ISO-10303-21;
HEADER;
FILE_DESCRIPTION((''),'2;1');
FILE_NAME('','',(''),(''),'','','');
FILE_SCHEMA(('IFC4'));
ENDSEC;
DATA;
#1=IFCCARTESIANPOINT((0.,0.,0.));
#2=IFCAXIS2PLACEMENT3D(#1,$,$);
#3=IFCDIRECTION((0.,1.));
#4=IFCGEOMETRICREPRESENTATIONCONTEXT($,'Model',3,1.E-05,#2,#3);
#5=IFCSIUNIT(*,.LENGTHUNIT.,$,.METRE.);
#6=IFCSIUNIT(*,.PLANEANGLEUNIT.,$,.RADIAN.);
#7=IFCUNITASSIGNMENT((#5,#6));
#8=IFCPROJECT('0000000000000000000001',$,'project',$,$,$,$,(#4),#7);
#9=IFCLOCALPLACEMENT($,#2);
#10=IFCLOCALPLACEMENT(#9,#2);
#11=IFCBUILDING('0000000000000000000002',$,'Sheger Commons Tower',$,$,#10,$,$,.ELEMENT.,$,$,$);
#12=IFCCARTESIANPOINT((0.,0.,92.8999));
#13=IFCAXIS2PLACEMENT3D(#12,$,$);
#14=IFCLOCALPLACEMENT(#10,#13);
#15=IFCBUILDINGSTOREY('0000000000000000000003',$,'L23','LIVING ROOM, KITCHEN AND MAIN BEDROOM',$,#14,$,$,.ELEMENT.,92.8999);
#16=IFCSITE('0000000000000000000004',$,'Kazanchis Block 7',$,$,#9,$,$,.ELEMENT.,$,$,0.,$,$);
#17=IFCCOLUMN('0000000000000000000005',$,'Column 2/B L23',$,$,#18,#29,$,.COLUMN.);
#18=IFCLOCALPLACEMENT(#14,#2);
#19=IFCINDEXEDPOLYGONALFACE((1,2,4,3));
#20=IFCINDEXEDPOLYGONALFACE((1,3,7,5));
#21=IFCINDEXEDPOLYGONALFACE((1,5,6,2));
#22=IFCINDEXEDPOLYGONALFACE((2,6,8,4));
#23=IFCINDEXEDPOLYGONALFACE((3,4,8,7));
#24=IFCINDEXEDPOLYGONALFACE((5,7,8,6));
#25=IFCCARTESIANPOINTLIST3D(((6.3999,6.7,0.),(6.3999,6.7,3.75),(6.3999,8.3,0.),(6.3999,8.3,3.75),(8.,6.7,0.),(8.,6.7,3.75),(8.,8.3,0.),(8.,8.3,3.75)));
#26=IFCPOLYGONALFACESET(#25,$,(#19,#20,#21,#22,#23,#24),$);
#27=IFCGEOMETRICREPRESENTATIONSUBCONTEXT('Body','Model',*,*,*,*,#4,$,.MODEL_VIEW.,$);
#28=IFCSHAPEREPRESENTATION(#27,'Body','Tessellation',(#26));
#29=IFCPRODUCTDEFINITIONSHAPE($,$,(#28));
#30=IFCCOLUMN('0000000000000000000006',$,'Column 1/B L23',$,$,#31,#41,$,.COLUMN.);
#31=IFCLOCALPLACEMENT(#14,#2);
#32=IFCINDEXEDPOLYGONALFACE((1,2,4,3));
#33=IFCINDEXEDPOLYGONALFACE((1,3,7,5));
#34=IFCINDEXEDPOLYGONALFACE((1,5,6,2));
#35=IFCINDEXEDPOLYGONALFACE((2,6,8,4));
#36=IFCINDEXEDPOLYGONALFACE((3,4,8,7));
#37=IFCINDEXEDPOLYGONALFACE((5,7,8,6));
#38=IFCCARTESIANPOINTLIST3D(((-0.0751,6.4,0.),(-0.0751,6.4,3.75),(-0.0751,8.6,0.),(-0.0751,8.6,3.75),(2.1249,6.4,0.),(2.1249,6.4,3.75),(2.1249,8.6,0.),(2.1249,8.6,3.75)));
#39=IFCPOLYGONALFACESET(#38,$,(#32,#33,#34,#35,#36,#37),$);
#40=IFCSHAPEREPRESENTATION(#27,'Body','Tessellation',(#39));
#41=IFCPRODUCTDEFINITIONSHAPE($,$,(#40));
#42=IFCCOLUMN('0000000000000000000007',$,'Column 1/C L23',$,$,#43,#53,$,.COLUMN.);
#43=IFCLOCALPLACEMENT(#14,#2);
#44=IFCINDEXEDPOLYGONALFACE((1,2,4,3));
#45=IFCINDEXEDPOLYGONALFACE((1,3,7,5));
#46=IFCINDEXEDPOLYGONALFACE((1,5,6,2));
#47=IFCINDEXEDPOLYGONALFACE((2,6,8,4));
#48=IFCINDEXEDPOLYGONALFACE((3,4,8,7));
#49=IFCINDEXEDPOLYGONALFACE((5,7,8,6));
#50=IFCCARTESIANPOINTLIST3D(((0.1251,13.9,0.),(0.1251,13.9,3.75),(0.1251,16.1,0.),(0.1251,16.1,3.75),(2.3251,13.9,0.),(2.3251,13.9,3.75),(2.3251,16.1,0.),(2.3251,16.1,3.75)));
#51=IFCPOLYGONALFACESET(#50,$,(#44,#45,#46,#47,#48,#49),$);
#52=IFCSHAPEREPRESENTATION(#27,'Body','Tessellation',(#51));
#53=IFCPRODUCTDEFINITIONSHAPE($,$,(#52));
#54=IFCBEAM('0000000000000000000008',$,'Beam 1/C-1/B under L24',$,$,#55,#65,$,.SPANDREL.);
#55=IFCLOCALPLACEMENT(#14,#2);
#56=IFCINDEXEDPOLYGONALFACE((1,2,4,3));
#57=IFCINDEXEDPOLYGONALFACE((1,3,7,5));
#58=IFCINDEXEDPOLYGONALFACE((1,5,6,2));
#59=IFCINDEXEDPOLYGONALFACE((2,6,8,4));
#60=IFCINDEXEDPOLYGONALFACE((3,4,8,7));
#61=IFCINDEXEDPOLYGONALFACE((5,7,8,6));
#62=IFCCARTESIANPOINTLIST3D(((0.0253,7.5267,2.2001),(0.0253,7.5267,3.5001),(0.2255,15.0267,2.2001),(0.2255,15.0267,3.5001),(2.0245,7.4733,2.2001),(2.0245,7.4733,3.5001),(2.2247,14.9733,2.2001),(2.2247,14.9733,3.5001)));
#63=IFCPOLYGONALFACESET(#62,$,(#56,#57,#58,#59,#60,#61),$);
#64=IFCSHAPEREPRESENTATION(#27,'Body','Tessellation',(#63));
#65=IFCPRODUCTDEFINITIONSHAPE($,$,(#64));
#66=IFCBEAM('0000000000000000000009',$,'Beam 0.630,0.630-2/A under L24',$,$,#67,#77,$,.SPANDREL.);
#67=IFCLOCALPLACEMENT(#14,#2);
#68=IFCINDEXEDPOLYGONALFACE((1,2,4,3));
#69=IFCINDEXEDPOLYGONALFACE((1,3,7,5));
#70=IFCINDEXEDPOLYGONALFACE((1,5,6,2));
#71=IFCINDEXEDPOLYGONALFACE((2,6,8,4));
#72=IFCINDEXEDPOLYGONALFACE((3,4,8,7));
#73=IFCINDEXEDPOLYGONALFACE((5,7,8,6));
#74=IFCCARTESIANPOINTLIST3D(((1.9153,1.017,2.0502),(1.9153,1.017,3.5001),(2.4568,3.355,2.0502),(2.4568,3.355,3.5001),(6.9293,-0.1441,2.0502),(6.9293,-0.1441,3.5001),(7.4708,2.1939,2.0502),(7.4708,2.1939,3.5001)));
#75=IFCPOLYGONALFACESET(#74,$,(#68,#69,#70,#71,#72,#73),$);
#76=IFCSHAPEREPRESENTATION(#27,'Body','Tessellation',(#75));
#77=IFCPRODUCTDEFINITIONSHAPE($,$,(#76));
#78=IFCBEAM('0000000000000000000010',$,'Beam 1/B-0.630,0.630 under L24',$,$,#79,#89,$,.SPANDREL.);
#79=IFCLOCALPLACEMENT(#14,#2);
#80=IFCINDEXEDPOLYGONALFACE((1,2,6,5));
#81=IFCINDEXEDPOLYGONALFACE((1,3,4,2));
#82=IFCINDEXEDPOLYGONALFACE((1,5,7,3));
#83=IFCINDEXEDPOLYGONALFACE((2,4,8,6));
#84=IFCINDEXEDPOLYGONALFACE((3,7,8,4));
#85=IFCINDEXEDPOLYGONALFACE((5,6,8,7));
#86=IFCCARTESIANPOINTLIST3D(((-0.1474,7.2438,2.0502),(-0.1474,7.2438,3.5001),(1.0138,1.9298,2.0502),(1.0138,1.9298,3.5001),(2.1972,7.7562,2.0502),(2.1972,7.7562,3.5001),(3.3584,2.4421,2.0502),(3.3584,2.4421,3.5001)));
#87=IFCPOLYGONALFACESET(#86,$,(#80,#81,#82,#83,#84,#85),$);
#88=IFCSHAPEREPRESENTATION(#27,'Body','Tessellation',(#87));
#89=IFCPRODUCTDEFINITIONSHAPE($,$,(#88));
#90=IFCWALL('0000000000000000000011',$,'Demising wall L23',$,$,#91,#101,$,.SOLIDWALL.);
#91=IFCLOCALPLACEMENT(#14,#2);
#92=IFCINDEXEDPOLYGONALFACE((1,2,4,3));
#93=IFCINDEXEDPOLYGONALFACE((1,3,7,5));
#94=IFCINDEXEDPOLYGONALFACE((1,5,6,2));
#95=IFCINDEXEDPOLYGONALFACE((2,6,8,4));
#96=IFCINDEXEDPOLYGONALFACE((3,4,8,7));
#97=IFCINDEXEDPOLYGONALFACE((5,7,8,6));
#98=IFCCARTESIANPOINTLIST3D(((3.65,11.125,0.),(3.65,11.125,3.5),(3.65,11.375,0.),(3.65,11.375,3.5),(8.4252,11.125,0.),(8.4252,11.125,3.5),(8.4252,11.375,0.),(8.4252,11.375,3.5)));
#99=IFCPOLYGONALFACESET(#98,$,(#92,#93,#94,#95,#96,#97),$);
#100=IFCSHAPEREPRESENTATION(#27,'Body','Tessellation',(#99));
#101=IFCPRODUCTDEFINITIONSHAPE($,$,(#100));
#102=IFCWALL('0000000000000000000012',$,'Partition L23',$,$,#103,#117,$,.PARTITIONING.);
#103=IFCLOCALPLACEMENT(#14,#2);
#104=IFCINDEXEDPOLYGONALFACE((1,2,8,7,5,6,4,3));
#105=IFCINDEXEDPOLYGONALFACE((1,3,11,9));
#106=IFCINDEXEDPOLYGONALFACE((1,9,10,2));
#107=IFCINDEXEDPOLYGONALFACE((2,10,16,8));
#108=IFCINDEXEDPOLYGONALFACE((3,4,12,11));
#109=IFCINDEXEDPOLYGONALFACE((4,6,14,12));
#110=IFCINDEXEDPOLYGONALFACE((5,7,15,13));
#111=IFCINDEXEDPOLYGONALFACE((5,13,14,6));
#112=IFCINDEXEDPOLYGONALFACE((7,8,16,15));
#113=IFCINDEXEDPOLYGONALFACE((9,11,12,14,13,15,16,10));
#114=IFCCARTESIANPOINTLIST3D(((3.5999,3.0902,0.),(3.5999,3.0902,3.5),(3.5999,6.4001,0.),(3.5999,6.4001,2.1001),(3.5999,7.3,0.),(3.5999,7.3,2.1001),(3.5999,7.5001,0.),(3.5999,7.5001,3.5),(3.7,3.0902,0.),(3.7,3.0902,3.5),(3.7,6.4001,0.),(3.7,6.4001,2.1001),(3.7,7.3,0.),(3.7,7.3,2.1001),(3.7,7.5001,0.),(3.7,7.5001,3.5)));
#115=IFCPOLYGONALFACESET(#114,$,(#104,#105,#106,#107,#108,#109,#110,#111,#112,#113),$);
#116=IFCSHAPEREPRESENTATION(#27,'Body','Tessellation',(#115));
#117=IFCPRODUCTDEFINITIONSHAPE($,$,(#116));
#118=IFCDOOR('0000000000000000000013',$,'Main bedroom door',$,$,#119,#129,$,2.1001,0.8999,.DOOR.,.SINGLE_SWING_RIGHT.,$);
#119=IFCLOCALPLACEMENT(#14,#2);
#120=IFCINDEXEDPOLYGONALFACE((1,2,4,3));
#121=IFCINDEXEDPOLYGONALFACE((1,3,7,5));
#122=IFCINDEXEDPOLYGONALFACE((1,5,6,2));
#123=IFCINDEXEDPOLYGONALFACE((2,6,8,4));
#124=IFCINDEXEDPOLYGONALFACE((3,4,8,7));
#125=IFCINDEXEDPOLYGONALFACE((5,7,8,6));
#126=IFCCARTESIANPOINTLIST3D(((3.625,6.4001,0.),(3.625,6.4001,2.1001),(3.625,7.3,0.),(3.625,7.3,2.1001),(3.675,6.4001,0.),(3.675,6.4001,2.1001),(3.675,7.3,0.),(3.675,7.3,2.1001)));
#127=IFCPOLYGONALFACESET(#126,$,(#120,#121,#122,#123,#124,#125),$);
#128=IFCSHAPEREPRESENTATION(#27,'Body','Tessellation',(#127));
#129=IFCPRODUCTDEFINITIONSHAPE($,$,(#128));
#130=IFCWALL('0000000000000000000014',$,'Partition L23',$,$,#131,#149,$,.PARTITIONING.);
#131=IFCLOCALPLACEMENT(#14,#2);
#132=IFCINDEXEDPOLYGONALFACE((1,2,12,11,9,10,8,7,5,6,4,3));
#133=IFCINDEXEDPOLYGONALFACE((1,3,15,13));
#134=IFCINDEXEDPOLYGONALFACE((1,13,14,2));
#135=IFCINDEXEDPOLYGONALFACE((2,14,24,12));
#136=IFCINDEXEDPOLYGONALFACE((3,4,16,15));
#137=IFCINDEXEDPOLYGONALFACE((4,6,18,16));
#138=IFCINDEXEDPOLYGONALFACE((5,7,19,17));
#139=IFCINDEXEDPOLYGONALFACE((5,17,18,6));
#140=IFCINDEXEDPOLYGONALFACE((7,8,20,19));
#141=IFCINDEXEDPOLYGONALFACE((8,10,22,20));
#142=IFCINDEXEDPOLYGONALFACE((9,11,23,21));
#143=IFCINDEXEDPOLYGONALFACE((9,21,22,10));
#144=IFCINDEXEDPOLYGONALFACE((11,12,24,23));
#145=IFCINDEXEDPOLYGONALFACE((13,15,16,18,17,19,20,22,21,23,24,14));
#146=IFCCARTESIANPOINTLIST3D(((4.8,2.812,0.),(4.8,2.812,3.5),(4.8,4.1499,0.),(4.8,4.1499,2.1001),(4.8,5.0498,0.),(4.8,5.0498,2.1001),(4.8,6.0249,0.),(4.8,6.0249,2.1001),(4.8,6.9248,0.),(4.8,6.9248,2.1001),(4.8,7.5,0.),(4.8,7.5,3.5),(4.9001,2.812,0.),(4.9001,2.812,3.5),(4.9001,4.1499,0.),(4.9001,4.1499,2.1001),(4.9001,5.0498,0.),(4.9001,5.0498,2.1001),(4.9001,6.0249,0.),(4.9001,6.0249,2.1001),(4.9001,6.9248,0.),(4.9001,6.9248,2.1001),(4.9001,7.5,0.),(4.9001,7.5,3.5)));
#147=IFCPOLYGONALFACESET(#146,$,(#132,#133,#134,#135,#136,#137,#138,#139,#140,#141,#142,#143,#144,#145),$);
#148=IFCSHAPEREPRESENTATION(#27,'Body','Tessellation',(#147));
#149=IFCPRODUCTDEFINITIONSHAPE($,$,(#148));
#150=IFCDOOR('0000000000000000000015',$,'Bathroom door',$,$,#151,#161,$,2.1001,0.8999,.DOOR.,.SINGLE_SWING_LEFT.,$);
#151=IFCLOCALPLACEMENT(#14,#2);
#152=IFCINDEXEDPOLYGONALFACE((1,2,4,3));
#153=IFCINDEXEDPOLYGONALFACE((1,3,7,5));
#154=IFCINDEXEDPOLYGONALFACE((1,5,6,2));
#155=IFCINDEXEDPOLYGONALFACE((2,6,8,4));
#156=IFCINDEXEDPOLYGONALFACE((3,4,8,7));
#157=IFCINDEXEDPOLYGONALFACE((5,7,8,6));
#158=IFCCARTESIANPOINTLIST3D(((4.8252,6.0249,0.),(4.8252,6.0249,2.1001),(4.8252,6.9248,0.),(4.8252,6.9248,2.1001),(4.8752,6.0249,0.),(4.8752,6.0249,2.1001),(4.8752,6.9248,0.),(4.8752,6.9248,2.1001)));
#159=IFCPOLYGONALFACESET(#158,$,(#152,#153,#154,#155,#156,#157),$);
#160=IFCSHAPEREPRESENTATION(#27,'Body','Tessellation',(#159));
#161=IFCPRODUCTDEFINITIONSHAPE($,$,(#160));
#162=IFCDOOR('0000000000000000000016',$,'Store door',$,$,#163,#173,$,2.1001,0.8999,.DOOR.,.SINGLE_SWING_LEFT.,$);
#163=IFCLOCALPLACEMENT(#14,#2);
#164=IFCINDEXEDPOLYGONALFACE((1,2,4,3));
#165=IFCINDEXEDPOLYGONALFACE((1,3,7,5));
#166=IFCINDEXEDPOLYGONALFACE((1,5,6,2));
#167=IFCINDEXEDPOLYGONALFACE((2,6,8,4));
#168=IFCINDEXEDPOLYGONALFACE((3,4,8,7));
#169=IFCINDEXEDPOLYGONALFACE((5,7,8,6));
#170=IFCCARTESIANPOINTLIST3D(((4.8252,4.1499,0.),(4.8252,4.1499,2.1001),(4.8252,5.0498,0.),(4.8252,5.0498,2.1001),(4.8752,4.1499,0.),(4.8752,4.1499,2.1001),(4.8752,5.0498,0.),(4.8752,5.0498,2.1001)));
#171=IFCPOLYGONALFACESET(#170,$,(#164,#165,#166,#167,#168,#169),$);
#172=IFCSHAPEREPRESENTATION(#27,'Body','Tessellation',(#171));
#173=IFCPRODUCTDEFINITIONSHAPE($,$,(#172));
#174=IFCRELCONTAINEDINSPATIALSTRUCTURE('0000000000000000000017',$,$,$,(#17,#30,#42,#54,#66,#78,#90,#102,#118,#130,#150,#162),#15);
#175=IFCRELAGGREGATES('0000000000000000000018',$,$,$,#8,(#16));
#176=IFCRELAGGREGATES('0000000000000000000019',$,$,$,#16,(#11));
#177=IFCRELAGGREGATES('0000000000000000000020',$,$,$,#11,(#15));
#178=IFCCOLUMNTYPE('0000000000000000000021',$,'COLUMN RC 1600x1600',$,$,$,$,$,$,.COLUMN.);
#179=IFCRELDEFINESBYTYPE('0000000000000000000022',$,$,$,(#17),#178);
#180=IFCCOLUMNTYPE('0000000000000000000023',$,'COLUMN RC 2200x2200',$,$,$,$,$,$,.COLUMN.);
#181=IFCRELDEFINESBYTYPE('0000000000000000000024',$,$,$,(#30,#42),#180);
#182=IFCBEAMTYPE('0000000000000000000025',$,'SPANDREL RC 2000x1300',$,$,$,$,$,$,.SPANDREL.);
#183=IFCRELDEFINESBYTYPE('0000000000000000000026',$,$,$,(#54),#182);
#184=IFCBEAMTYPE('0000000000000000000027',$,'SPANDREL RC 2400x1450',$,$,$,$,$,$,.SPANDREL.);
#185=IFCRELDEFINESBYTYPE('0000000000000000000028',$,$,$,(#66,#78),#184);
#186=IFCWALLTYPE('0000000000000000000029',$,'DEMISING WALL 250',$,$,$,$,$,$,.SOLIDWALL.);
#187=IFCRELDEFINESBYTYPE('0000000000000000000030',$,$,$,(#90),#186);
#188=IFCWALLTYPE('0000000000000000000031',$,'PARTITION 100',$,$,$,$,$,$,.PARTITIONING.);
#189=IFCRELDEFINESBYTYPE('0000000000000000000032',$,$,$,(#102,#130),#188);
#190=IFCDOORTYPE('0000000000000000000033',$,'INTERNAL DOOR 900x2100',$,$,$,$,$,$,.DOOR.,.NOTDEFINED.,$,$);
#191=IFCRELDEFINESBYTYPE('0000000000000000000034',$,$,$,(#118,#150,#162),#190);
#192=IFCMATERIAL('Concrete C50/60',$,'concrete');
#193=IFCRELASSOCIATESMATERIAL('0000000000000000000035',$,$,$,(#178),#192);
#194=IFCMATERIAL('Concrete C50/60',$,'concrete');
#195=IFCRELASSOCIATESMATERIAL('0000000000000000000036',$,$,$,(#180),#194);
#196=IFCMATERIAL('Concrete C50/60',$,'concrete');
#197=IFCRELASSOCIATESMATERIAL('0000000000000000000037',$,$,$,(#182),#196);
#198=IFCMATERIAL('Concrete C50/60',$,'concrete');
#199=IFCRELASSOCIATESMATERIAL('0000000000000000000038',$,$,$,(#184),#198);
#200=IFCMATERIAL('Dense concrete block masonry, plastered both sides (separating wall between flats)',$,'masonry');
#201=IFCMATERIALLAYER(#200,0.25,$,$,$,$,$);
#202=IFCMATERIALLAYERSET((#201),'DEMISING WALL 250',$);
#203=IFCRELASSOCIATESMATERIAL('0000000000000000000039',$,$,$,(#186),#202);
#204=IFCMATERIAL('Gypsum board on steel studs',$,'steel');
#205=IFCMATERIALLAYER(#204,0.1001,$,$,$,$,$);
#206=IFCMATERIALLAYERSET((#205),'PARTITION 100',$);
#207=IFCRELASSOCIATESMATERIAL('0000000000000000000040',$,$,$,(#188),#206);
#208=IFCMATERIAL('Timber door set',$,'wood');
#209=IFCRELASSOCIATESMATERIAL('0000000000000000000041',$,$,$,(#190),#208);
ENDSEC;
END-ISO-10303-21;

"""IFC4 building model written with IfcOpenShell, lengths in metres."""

from ifc_helpers import new_model, si_unit, direction, frame, frame_2d, origin, origin_2d, place, context, subcontext, project, spatial, rectangle, extrude, material, layer, layer_set, material_profile, profile_set, type_object, element, fill, save


model = new_model("IFC4")

# Units and contexts
model_context = context("Model", 3, precision=1e-05, world=origin(), true_north=direction((0.0, 1.0)))
body_context = subcontext(model_context, "Body", "Model", "MODEL_VIEW")
ifc_project = project(units=[si_unit("LENGTHUNIT", "METRE"), si_unit("PLANEANGLEUNIT", "RADIAN")], contexts=[model_context])

# Site, building, storey
site_placement = place(None, origin())
site = spatial("IfcSite", under=ifc_project, at=site_placement, Name="Kazanchis Block 7", CompositionType="ELEMENT", RefElevation=0.0)
building_placement = place(site_placement, origin())
building = spatial("IfcBuilding", under=site, at=building_placement, Name="Sheger Commons Tower", CompositionType="ELEMENT")
storey_placement = place(building_placement, frame((0.0, 0.0, 92.8999)))
storey = spatial("IfcBuildingStorey", under=building, at=storey_placement, Name="L23", Description="LIVING ROOM, KITCHEN AND MAIN BEDROOM", CompositionType="ELEMENT", Elevation=92.8999)

# Columns
ifc_material_1 = material(Name="Concrete C50/60", Category="concrete")
ifc_material_profile_1 = material_profile(ifc_material_1, rectangle(XDim=1.6001, YDim=1.6001, at=origin_2d()), Name="RC 1600x1600")
ifc_profile_set_1 = profile_set([ifc_material_profile_1], Name="Concrete C50/60")
column_type_1 = type_object("IfcColumnType", Name="COLUMN RC 1600x1600", PredefinedType="COLUMN", material=ifc_profile_set_1)
column_placement = place(storey_placement, frame((7.2, 7.5, 0.0), z_axis=(0.0, 0.0, 1.0), x_axis=(1.0, 0.0, 0.0)))
element("IfcColumn", 1, at=column_placement, inside=storey, type_object=column_type_1, Name="Column 2/B L23", PredefinedType="COLUMN", context=body_context, shape_type="SweptSolid", body=[
    extrude(rectangle(XDim=1.6001, YDim=1.6001, at=origin_2d()), origin(), (0.0, 0.0, 1.0), 3.75),
])
ifc_material_2 = material(Name="Concrete C50/60", Category="concrete")
ifc_material_profile_2 = material_profile(ifc_material_2, rectangle(XDim=2.2, YDim=2.2, at=origin_2d()), Name="RC 2200x2200")
ifc_profile_set_2 = profile_set([ifc_material_profile_2], Name="Concrete C50/60")
column_type_2 = type_object("IfcColumnType", Name="COLUMN RC 2200x2200", PredefinedType="COLUMN", material=ifc_profile_set_2)
for number, where, z_axis, x_axis, name in (
    (2, (1.0249, 7.5, 0.0), (0.0, 0.0, 1.0), (1.0, 0.0, 0.0), "Column 1/B L23"),
    (3, (1.2251, 15.0, 0.0), (0.0, 0.0, 1.0), (1.0, 0.0, 0.0), "Column 1/C L23"),
):
    element("IfcColumn", number, at=place(storey_placement, frame(where, z_axis=z_axis, x_axis=x_axis)), inside=storey, type_object=column_type_2, Name=name, PredefinedType="COLUMN", context=body_context, shape_type="SweptSolid", body=[
        extrude(rectangle(XDim=2.2, YDim=2.2, at=origin_2d()), origin(), (0.0, 0.0, 1.0), 3.75),
    ])

# Beams
ifc_material_3 = material(Name="Concrete C50/60", Category="concrete")
ifc_material_profile_3 = material_profile(ifc_material_3, rectangle(XDim=2.0, YDim=1.3, at=origin_2d()), Name="RC 2000x1300")
ifc_profile_set_3 = profile_set([ifc_material_profile_3], Name="Concrete C50/60")
beam_type_1 = type_object("IfcBeamType", Name="SPANDREL RC 2000x1300", PredefinedType="SPANDREL", material=ifc_profile_set_3)
beam_1_placement = place(storey_placement, frame((1.2251, 15.0, 2.8501), z_axis=(-0.026683, -0.999644, 0.0), x_axis=(0.999644, -0.026683, 0.0)))
element("IfcBeam", 4, at=beam_1_placement, inside=storey, type_object=beam_type_1, Name="Beam 1/C-1/B under L24", PredefinedType="SPANDREL", context=body_context, shape_type="SweptSolid", body=[
    extrude(rectangle(XDim=2.0, YDim=1.3, at=origin_2d()), origin(), (0.0, 0.0, 1.0), 7.5027),
])
ifc_material_4 = material(Name="Concrete C50/60", Category="concrete")
ifc_material_profile_4 = material_profile(ifc_material_4, rectangle(XDim=2.3999, YDim=1.45, at=origin_2d()), Name="RC 2400x1450")
ifc_profile_set_4 = profile_set([ifc_material_profile_4], Name="Concrete C50/60")
beam_type_2 = type_object("IfcBeamType", Name="SPANDREL RC 2400x1450", PredefinedType="SPANDREL", material=ifc_profile_set_4)
beam_2_placement = place(storey_placement, frame((2.186, 2.186, 2.7751), z_axis=(0.974217, -0.225611, 0.0), x_axis=(0.225611, 0.974217, 0.0)))
element("IfcBeam", 5, at=beam_2_placement, inside=storey, type_object=beam_type_2, Name="Beam 0.630,0.630-2/A under L24", PredefinedType="SPANDREL", context=body_context, shape_type="SweptSolid", body=[
    extrude(rectangle(XDim=2.3999, YDim=1.45, at=origin_2d()), origin(), (0.0, 0.0, 1.0), 5.1467),
])
beam_3_placement = place(storey_placement, frame((1.0249, 7.5, 2.7751), z_axis=(0.213469, -0.97695, 0.0), x_axis=(0.97695, 0.213469, 0.0)))
element("IfcBeam", 6, at=beam_3_placement, inside=storey, type_object=beam_type_2, Name="Beam 1/B-0.630,0.630 under L24", PredefinedType="SPANDREL", context=body_context, shape_type="SweptSolid", body=[
    extrude(rectangle(XDim=2.3999, YDim=1.45, at=origin_2d()), origin(), (0.0, 0.0, 1.0), 5.4395),
])

# Wall
ifc_material_5 = material(Name="Dense concrete block masonry, plastered both sides (separating wall between flats)", Category="masonry")
ifc_layer_1 = layer(ifc_material_5, 0.25)
ifc_layer_set_1 = layer_set([ifc_layer_1], Name="DEMISING WALL 250")
wall_type_1 = type_object("IfcWallType", Name="DEMISING WALL 250", PredefinedType="SOLIDWALL", material=ifc_layer_set_1)
wall_1_placement = place(storey_placement, frame((3.6499, 11.25, 0.0), z_axis=(0.0, 0.0, 1.0), x_axis=(1.0, 0.0, 0.0)))
element("IfcWall", 7, at=wall_1_placement, inside=storey, type_object=wall_type_1, Name="Demising wall L23", PredefinedType="SOLIDWALL", context=body_context, shape_type="SweptSolid", body=[
    extrude(rectangle(XDim=4.7751, YDim=0.25, at=frame_2d((2.3877, 0.0))), origin(), (0.0, 0.0, 1.0), 3.5),
])

# Wall, opening, door
ifc_material_6 = material(Name="Gypsum board on steel studs", Category="steel")
ifc_layer_2 = layer(ifc_material_6, 0.1001)
ifc_layer_set_2 = layer_set([ifc_layer_2], Name="PARTITION 100")
wall_type_2 = type_object("IfcWallType", Name="PARTITION 100", PredefinedType="PARTITIONING", material=ifc_layer_set_2)
wall_2_placement = place(storey_placement, frame((3.6499, 3.0901, 0.0), z_axis=(0.0, 0.0, 1.0), x_axis=(0.0, 1.0, 0.0)))
wall_2 = element("IfcWall", 8, at=wall_2_placement, inside=storey, type_object=wall_type_2, Name="Partition L23", PredefinedType="PARTITIONING", context=body_context, shape_type="SweptSolid", body=[
    extrude(rectangle(XDim=4.4099, YDim=0.1001, at=frame_2d((2.2051, 0.0))), origin(), (0.0, 0.0, 1.0), 3.5),
])
opening_1_placement = place(wall_2_placement, frame((3.3101, 0.0, 0.0)))
opening_1 = element("IfcOpeningElement", 9, at=opening_1_placement, cuts=wall_2, PredefinedType="OPENING", context=body_context, shape_type="SweptSolid", body=[
    extrude(rectangle(XDim=0.8999, YDim=2.1001, at=frame_2d((0.45, 1.05))), frame((0.0, 0.0601, 0.0), z_axis=(0.0, -1.0, 0.0), x_axis=(1.0, 0.0, 0.0)), (0.0, 0.0, 1.0), 0.1201),
])
ifc_material_7 = material(Name="Timber door set", Category="wood")
door_type = type_object("IfcDoorType", Name="INTERNAL DOOR 900x2100", OperationType="NOTDEFINED", PredefinedType="DOOR", material=ifc_material_7)
door_1_placement = place(opening_1_placement, origin())
door_1 = element("IfcDoor", 10, at=door_1_placement, inside=storey, type_object=door_type, Name="Main bedroom door", OperationType="SINGLE_SWING_RIGHT", OverallHeight=2.1001, OverallWidth=0.8999, PredefinedType="DOOR", context=body_context, shape_type="SweptSolid", body=[
    extrude(rectangle(XDim=0.8999, YDim=2.1001, at=frame_2d((0.45, 1.05))), frame((0.0, 0.0249, 0.0), z_axis=(0.0, -1.0, 0.0), x_axis=(1.0, 0.0, 0.0)), (0.0, 0.0, 1.0), 0.05),
])
fill(opening_1, door_1)

# Wall, openings, doors
wall_3_placement = place(storey_placement, frame((4.8501, 2.812, 0.0), z_axis=(0.0, 0.0, 1.0), x_axis=(0.0, 1.0, 0.0)))
wall_3 = element("IfcWall", 11, at=wall_3_placement, inside=storey, type_object=wall_type_2, Name="Partition L23", PredefinedType="PARTITIONING", context=body_context, shape_type="SweptSolid", body=[
    extrude(rectangle(XDim=4.688, YDim=0.1001, at=frame_2d((2.344, 0.0))), origin(), (0.0, 0.0, 1.0), 3.5),
])
opening_2_placement = place(wall_3_placement, frame((3.2129, 0.0, 0.0)))
opening_2 = element("IfcOpeningElement", 12, at=opening_2_placement, cuts=wall_3, PredefinedType="OPENING", context=body_context, shape_type="SweptSolid", body=[
    extrude(rectangle(XDim=0.8999, YDim=2.1001, at=frame_2d((0.45, 1.05))), frame((0.0, 0.0601, 0.0), z_axis=(0.0, -1.0, 0.0), x_axis=(1.0, 0.0, 0.0)), (0.0, 0.0, 1.0), 0.1201),
])
opening_3_placement = place(wall_3_placement, frame((1.3379, 0.0, 0.0)))
opening_3 = element("IfcOpeningElement", 13, at=opening_3_placement, cuts=wall_3, PredefinedType="OPENING", context=body_context, shape_type="SweptSolid", body=[
    extrude(rectangle(XDim=0.8999, YDim=2.1001, at=frame_2d((0.45, 1.05))), frame((0.0, 0.0601, 0.0), z_axis=(0.0, -1.0, 0.0), x_axis=(1.0, 0.0, 0.0)), (0.0, 0.0, 1.0), 0.1201),
])
door_2_placement = place(opening_2_placement, origin())
door_2 = element("IfcDoor", 14, at=door_2_placement, inside=storey, type_object=door_type, Name="Bathroom door", OperationType="SINGLE_SWING_LEFT", OverallHeight=2.1001, OverallWidth=0.8999, PredefinedType="DOOR", context=body_context, shape_type="SweptSolid", body=[
    extrude(rectangle(XDim=0.8999, YDim=2.1001, at=frame_2d((0.45, 1.05))), frame((0.0, 0.0249, 0.0), z_axis=(0.0, -1.0, 0.0), x_axis=(1.0, 0.0, 0.0)), (0.0, 0.0, 1.0), 0.05),
])
fill(opening_2, door_2)
door_3_placement = place(opening_3_placement, origin())
door_3 = element("IfcDoor", 15, at=door_3_placement, inside=storey, type_object=door_type, Name="Store door", OperationType="SINGLE_SWING_LEFT", OverallHeight=2.1001, OverallWidth=0.8999, PredefinedType="DOOR", context=body_context, shape_type="SweptSolid", body=[
    extrude(rectangle(XDim=0.8999, YDim=2.1001, at=frame_2d((0.45, 1.05))), frame((0.0, 0.0249, 0.0), z_axis=(0.0, -1.0, 0.0), x_axis=(1.0, 0.0, 0.0)), (0.0, 0.0, 1.0), 0.05),
])
fill(opening_3, door_3)

save(model, "model.ifc")
